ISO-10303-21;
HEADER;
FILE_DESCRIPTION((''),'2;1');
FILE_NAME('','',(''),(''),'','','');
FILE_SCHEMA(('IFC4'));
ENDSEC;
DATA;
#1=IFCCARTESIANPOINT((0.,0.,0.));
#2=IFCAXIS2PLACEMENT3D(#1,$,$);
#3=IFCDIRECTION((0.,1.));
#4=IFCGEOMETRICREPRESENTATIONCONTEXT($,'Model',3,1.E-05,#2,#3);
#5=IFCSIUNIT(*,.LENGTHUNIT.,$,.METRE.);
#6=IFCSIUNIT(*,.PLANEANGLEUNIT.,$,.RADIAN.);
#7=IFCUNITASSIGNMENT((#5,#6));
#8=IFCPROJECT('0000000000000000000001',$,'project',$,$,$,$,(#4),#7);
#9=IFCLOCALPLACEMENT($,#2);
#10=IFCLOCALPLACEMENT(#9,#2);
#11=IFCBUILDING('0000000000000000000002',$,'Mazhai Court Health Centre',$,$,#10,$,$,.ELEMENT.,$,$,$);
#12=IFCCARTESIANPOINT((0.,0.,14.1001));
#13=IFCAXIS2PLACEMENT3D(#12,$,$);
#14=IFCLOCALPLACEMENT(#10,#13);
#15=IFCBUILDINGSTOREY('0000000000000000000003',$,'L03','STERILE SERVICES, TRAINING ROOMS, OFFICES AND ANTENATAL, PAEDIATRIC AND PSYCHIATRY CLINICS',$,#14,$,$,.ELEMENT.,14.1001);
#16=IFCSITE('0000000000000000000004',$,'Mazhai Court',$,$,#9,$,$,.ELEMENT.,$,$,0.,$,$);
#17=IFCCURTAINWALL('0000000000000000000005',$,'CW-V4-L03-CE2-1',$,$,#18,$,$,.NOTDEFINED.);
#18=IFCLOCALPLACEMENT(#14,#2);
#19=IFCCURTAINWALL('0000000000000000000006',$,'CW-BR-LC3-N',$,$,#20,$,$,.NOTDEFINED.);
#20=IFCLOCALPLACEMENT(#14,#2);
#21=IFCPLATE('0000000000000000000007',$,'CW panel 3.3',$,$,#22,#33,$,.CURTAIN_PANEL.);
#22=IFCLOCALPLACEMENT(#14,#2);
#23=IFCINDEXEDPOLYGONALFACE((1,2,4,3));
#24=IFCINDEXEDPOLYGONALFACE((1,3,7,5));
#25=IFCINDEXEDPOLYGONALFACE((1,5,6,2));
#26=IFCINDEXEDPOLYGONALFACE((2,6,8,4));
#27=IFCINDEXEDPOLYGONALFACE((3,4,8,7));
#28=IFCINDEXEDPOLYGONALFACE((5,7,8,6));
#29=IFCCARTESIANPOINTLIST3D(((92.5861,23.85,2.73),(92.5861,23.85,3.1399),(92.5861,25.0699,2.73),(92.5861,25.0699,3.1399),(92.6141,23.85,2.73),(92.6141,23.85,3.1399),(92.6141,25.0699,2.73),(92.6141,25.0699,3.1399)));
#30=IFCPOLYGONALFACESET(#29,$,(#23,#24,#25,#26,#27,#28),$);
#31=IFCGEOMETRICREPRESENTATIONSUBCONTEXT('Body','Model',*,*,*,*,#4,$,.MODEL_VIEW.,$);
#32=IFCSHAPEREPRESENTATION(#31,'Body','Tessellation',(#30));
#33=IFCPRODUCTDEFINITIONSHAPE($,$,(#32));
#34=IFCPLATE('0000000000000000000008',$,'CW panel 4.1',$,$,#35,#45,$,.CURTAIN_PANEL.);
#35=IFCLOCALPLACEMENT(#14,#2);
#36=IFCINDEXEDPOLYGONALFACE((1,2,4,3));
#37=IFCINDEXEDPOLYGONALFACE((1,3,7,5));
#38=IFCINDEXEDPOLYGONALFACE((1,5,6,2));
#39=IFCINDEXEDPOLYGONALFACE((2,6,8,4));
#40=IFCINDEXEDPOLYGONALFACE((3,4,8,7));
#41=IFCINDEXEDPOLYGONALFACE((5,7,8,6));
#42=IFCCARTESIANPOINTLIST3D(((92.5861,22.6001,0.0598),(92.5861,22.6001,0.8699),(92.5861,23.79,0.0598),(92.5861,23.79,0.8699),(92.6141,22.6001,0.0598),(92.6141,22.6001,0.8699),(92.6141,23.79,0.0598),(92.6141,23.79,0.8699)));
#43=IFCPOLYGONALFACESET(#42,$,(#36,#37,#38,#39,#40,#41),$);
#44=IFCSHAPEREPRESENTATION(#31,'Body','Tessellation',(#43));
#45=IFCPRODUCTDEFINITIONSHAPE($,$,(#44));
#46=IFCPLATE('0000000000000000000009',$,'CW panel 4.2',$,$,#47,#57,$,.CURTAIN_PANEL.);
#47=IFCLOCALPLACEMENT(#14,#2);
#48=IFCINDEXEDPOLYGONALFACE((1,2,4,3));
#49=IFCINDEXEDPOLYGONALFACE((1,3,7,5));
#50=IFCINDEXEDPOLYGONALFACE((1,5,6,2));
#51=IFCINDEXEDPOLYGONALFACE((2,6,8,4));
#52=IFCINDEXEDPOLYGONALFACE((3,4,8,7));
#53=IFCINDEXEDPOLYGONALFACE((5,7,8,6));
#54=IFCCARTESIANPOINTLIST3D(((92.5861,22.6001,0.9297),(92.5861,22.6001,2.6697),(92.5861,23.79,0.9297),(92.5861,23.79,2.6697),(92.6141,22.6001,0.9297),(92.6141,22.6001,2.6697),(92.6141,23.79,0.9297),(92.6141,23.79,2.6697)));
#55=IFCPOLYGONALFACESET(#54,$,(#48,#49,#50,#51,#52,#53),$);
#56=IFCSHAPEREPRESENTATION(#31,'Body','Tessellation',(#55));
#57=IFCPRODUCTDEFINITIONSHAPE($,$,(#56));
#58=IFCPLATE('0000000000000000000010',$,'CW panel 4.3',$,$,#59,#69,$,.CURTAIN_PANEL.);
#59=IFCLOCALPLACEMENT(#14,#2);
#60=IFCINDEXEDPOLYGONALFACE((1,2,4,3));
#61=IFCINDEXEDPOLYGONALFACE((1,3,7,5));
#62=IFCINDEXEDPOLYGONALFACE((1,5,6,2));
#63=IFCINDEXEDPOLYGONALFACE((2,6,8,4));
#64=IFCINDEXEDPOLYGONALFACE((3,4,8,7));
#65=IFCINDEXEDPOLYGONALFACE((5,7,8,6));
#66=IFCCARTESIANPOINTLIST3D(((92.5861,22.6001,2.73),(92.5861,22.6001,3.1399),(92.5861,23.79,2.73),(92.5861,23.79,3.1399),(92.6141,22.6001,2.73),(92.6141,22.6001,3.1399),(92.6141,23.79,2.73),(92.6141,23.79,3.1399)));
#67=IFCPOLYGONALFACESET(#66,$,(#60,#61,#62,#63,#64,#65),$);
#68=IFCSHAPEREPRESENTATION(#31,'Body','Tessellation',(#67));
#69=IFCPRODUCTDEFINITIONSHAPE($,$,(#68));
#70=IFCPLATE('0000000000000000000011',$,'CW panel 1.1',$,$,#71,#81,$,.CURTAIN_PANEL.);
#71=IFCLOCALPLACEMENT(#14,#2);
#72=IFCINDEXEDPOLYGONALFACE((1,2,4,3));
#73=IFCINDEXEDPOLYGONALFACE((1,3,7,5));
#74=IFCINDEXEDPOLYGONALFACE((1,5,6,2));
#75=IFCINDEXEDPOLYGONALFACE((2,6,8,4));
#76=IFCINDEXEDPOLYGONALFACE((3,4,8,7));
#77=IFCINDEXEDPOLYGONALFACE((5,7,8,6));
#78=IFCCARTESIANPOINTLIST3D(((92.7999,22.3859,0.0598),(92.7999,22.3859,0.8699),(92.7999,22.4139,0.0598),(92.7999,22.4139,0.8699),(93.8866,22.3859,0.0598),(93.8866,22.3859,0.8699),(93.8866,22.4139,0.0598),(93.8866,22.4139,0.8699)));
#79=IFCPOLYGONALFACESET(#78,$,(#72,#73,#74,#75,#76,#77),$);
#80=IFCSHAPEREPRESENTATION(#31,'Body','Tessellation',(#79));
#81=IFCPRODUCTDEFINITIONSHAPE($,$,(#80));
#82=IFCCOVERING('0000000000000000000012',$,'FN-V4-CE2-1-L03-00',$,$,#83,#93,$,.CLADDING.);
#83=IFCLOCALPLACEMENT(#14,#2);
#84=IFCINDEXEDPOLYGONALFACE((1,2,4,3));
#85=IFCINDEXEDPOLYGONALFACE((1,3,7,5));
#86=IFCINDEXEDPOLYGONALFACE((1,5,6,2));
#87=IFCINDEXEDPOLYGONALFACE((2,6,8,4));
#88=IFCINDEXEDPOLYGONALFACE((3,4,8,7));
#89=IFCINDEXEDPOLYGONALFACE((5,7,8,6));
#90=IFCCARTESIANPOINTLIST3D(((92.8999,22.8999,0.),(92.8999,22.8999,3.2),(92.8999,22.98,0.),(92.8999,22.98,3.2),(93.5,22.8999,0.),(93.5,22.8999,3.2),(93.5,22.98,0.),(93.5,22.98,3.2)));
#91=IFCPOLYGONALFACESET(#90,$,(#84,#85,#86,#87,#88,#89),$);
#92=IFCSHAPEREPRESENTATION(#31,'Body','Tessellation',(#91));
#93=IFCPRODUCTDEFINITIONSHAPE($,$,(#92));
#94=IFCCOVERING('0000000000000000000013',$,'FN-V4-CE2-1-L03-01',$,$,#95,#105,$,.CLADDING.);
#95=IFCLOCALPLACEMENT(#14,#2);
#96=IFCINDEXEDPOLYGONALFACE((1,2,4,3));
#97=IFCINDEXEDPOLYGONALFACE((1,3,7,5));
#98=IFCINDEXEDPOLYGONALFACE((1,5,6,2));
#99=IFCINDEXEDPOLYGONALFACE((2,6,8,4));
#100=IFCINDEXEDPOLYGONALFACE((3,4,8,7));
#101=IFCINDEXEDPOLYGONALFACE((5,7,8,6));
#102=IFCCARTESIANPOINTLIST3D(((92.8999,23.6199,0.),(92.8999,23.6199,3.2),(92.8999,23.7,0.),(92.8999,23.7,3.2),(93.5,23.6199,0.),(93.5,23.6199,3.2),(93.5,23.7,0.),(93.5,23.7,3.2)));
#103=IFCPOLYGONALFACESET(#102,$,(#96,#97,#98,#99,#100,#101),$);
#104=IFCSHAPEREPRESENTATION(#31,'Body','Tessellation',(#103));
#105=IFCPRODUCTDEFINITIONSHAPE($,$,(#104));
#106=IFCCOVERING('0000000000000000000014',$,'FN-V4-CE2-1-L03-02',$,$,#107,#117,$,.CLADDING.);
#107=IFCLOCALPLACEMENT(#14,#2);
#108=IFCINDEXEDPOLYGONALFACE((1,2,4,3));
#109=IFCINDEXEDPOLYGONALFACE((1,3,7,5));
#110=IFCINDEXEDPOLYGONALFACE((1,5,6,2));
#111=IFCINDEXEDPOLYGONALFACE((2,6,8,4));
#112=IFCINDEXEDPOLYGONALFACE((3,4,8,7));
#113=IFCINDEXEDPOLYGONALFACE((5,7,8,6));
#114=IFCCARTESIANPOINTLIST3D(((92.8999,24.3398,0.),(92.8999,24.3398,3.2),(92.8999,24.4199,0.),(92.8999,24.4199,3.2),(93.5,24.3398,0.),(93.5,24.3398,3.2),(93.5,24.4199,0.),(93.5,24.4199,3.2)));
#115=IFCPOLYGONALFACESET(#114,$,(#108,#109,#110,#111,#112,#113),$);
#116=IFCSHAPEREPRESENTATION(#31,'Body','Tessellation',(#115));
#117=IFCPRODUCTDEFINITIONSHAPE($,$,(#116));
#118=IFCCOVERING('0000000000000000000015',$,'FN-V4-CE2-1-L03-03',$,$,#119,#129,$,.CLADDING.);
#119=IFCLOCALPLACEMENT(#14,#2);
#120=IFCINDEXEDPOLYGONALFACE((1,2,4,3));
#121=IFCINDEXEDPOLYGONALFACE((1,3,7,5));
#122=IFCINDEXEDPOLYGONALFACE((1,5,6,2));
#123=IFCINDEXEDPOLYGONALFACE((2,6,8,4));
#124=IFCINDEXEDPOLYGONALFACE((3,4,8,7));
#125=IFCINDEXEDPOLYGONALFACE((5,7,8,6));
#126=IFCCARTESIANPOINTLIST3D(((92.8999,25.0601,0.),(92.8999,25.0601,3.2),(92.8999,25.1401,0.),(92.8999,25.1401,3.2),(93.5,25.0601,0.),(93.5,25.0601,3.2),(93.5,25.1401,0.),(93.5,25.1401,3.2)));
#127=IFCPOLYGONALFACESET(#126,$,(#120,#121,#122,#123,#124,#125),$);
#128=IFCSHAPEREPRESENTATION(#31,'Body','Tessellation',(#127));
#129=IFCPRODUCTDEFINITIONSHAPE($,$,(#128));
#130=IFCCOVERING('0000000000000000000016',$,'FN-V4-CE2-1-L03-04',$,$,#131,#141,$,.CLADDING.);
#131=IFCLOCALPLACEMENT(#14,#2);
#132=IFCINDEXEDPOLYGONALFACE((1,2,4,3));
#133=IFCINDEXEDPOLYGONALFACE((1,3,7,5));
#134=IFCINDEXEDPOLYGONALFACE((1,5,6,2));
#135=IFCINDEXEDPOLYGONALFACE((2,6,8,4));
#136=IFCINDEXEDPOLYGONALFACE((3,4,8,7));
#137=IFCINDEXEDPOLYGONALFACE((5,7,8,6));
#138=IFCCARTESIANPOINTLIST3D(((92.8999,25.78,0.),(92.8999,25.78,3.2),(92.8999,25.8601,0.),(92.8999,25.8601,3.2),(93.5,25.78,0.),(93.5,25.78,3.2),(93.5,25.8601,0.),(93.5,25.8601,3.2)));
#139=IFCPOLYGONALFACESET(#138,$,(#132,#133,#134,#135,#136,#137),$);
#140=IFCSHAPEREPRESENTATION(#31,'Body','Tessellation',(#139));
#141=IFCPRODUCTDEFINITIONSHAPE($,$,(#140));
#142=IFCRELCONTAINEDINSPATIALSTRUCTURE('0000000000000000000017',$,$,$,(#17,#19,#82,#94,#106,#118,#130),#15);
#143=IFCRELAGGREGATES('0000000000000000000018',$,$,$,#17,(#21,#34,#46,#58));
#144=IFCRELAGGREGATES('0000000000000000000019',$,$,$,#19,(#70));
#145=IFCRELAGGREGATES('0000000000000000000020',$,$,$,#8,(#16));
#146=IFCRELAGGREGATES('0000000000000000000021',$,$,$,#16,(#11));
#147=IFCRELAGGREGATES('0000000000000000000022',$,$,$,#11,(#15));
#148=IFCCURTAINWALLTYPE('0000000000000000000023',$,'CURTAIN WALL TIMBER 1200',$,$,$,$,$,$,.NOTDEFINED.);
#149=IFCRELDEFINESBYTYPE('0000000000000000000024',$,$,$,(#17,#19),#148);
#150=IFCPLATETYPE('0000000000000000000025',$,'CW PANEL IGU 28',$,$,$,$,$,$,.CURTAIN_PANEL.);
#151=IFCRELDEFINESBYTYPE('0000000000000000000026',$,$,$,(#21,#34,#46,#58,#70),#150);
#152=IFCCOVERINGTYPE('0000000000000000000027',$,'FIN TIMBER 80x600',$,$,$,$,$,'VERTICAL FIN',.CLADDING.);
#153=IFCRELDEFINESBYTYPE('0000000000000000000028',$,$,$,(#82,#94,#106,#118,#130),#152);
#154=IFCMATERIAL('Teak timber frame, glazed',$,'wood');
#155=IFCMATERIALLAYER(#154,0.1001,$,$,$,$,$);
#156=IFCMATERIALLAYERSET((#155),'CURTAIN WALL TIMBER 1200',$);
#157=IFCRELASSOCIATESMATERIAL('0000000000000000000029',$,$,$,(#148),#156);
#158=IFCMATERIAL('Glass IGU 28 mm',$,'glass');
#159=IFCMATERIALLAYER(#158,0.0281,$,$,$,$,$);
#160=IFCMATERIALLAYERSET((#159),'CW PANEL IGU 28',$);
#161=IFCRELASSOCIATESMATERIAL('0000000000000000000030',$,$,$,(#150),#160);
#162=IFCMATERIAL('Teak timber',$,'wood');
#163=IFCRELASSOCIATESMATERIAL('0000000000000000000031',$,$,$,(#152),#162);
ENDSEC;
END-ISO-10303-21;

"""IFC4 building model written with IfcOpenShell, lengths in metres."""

from ifc_helpers import new_model, si_unit, direction, frame, origin, origin_2d, place, context, subcontext, project, spatial, rectangle, extrude, material, layer, layer_set, type_object, element, aggregate, save


model = new_model("IFC4")

# Units and contexts
model_context = context("Model", 3, precision=1e-05, world=origin(), true_north=direction((0.0, 1.0)))
body_context = subcontext(model_context, "Body", "Model", "MODEL_VIEW")
ifc_project = project(units=[si_unit("LENGTHUNIT", "METRE"), si_unit("PLANEANGLEUNIT", "RADIAN")], contexts=[model_context])

# Site, building, storey
site_placement = place(None, origin())
site = spatial("IfcSite", under=ifc_project, at=site_placement, Name="Mazhai Court", CompositionType="ELEMENT", RefElevation=0.0)
building_placement = place(site_placement, origin())
building = spatial("IfcBuilding", under=site, at=building_placement, Name="Mazhai Court Health Centre", CompositionType="ELEMENT")
storey_placement = place(building_placement, frame((0.0, 0.0, 14.1001)))
storey = spatial("IfcBuildingStorey", under=building, at=storey_placement, Name="L03", Description="STERILE SERVICES, TRAINING ROOMS, OFFICES AND ANTENATAL, PAEDIATRIC AND PSYCHIATRY CLINICS", CompositionType="ELEMENT", Elevation=14.1001)

# Curtain wall
ifc_material_1 = material(Name="Teak timber frame, glazed", Category="wood")
ifc_layer_1 = layer(ifc_material_1, 0.1001)
ifc_layer_set_1 = layer_set([ifc_layer_1], Name="CURTAIN WALL TIMBER 1200")
curtain_wall_type = type_object("IfcCurtainWallType", Name="CURTAIN WALL TIMBER 1200", PredefinedType="NOTDEFINED", material=ifc_layer_set_1)
curtain_wall_1_placement = place(storey_placement, origin())
curtain_wall_1 = element("IfcCurtainWall", 1, at=curtain_wall_1_placement, inside=storey, type_object=curtain_wall_type, Name="CW-V4-L03-CE2-1", PredefinedType="NOTDEFINED")

# Curtain wall
curtain_wall_2_placement = place(storey_placement, origin())
curtain_wall_2 = element("IfcCurtainWall", 2, at=curtain_wall_2_placement, inside=storey, type_object=curtain_wall_type, Name="CW-BR-LC3-N", PredefinedType="NOTDEFINED")

# Plates
ifc_material_2 = material(Name="Glass IGU 28 mm", Category="glass")
ifc_layer_2 = layer(ifc_material_2, 0.0281)
ifc_layer_set_2 = layer_set([ifc_layer_2], Name="CW PANEL IGU 28")
plate_type = type_object("IfcPlateType", Name="CW PANEL IGU 28", PredefinedType="CURTAIN_PANEL", material=ifc_layer_set_2)
plate_1_placement = place(storey_placement, frame((92.6001, 24.46, 2.73), z_axis=(0.0, 0.0, 1.0), x_axis=(0.0, -1.0, 0.0)))
plate_1 = element("IfcPlate", 3, at=plate_1_placement, type_object=plate_type, Name="CW panel 3.3", PredefinedType="CURTAIN_PANEL", context=body_context, shape_type="SweptSolid", body=[
    extrude(rectangle(XDim=1.22, YDim=0.0281, at=origin_2d()), origin(), (0.0, 0.0, 1.0), 0.4099),
])
plate_2_placement = place(storey_placement, frame((92.6001, 23.1951, 0.0598), z_axis=(0.0, 0.0, 1.0), x_axis=(0.0, -1.0, 0.0)))
plate_2 = element("IfcPlate", 4, at=plate_2_placement, type_object=plate_type, Name="CW panel 4.1", PredefinedType="CURTAIN_PANEL", context=body_context, shape_type="SweptSolid", body=[
    extrude(rectangle(XDim=1.1899, YDim=0.0281, at=origin_2d()), origin(), (0.0, 0.0, 1.0), 0.8101),
])
plate_3_placement = place(storey_placement, frame((92.6001, 23.1951, 0.9297), z_axis=(0.0, 0.0, 1.0), x_axis=(0.0, -1.0, 0.0)))
plate_3 = element("IfcPlate", 5, at=plate_3_placement, type_object=plate_type, Name="CW panel 4.2", PredefinedType="CURTAIN_PANEL", context=body_context, shape_type="SweptSolid", body=[
    extrude(rectangle(XDim=1.1899, YDim=0.0281, at=origin_2d()), origin(), (0.0, 0.0, 1.0), 1.74),
])
plate_4_placement = place(storey_placement, frame((92.6001, 23.1951, 2.73), z_axis=(0.0, 0.0, 1.0), x_axis=(0.0, -1.0, 0.0)))
plate_4 = element("IfcPlate", 6, at=plate_4_placement, type_object=plate_type, Name="CW panel 4.3", PredefinedType="CURTAIN_PANEL", context=body_context, shape_type="SweptSolid", body=[
    extrude(rectangle(XDim=1.1899, YDim=0.0281, at=origin_2d()), origin(), (0.0, 0.0, 1.0), 0.4099),
])
aggregate(curtain_wall_1, [plate_1, plate_2, plate_3, plate_4])
plate_5_placement = place(storey_placement, frame((93.3433, 22.3999, 0.0598), z_axis=(0.0, 0.0, 1.0), x_axis=(1.0, 0.0, 0.0)))
plate_5 = element("IfcPlate", 7, at=plate_5_placement, type_object=plate_type, Name="CW panel 1.1", PredefinedType="CURTAIN_PANEL", context=body_context, shape_type="SweptSolid", body=[
    extrude(rectangle(XDim=1.0867, YDim=0.0281, at=origin_2d()), origin(), (0.0, 0.0, 1.0), 0.8101),
])
aggregate(curtain_wall_2, [plate_5])

# Coverings
ifc_material_3 = material(Name="Teak timber", Category="wood")
covering_type = type_object("IfcCoveringType", Name="FIN TIMBER 80x600", ElementType="VERTICAL FIN", PredefinedType="CLADDING", material=ifc_material_3)
for number, where, z_axis, x_axis, name in (
    (8, (93.2, 22.9399, 0.0), (0.0, 0.0, 1.0), (0.0, 1.0, 0.0), "FN-V4-CE2-1-L03-00"),
    (9, (93.2, 23.6599, 0.0), (0.0, 0.0, 1.0), (0.0, 1.0, 0.0), "FN-V4-CE2-1-L03-01"),
    (10, (93.2, 24.3799, 0.0), (0.0, 0.0, 1.0), (0.0, 1.0, 0.0), "FN-V4-CE2-1-L03-02"),
    (11, (93.2, 25.1001, 0.0), (0.0, 0.0, 1.0), (0.0, 1.0, 0.0), "FN-V4-CE2-1-L03-03"),
    (12, (93.2, 25.8201, 0.0), (0.0, 0.0, 1.0), (0.0, 1.0, 0.0), "FN-V4-CE2-1-L03-04"),
):
    element("IfcCovering", number, at=place(storey_placement, frame(where, z_axis=z_axis, x_axis=x_axis)), inside=storey, type_object=covering_type, Name=name, PredefinedType="CLADDING", context=body_context, shape_type="SweptSolid", body=[
        extrude(rectangle(XDim=0.0801, YDim=0.6001, at=origin_2d()), origin(), (0.0, 0.0, 1.0), 3.2),
    ])

save(model, "model.ifc")
